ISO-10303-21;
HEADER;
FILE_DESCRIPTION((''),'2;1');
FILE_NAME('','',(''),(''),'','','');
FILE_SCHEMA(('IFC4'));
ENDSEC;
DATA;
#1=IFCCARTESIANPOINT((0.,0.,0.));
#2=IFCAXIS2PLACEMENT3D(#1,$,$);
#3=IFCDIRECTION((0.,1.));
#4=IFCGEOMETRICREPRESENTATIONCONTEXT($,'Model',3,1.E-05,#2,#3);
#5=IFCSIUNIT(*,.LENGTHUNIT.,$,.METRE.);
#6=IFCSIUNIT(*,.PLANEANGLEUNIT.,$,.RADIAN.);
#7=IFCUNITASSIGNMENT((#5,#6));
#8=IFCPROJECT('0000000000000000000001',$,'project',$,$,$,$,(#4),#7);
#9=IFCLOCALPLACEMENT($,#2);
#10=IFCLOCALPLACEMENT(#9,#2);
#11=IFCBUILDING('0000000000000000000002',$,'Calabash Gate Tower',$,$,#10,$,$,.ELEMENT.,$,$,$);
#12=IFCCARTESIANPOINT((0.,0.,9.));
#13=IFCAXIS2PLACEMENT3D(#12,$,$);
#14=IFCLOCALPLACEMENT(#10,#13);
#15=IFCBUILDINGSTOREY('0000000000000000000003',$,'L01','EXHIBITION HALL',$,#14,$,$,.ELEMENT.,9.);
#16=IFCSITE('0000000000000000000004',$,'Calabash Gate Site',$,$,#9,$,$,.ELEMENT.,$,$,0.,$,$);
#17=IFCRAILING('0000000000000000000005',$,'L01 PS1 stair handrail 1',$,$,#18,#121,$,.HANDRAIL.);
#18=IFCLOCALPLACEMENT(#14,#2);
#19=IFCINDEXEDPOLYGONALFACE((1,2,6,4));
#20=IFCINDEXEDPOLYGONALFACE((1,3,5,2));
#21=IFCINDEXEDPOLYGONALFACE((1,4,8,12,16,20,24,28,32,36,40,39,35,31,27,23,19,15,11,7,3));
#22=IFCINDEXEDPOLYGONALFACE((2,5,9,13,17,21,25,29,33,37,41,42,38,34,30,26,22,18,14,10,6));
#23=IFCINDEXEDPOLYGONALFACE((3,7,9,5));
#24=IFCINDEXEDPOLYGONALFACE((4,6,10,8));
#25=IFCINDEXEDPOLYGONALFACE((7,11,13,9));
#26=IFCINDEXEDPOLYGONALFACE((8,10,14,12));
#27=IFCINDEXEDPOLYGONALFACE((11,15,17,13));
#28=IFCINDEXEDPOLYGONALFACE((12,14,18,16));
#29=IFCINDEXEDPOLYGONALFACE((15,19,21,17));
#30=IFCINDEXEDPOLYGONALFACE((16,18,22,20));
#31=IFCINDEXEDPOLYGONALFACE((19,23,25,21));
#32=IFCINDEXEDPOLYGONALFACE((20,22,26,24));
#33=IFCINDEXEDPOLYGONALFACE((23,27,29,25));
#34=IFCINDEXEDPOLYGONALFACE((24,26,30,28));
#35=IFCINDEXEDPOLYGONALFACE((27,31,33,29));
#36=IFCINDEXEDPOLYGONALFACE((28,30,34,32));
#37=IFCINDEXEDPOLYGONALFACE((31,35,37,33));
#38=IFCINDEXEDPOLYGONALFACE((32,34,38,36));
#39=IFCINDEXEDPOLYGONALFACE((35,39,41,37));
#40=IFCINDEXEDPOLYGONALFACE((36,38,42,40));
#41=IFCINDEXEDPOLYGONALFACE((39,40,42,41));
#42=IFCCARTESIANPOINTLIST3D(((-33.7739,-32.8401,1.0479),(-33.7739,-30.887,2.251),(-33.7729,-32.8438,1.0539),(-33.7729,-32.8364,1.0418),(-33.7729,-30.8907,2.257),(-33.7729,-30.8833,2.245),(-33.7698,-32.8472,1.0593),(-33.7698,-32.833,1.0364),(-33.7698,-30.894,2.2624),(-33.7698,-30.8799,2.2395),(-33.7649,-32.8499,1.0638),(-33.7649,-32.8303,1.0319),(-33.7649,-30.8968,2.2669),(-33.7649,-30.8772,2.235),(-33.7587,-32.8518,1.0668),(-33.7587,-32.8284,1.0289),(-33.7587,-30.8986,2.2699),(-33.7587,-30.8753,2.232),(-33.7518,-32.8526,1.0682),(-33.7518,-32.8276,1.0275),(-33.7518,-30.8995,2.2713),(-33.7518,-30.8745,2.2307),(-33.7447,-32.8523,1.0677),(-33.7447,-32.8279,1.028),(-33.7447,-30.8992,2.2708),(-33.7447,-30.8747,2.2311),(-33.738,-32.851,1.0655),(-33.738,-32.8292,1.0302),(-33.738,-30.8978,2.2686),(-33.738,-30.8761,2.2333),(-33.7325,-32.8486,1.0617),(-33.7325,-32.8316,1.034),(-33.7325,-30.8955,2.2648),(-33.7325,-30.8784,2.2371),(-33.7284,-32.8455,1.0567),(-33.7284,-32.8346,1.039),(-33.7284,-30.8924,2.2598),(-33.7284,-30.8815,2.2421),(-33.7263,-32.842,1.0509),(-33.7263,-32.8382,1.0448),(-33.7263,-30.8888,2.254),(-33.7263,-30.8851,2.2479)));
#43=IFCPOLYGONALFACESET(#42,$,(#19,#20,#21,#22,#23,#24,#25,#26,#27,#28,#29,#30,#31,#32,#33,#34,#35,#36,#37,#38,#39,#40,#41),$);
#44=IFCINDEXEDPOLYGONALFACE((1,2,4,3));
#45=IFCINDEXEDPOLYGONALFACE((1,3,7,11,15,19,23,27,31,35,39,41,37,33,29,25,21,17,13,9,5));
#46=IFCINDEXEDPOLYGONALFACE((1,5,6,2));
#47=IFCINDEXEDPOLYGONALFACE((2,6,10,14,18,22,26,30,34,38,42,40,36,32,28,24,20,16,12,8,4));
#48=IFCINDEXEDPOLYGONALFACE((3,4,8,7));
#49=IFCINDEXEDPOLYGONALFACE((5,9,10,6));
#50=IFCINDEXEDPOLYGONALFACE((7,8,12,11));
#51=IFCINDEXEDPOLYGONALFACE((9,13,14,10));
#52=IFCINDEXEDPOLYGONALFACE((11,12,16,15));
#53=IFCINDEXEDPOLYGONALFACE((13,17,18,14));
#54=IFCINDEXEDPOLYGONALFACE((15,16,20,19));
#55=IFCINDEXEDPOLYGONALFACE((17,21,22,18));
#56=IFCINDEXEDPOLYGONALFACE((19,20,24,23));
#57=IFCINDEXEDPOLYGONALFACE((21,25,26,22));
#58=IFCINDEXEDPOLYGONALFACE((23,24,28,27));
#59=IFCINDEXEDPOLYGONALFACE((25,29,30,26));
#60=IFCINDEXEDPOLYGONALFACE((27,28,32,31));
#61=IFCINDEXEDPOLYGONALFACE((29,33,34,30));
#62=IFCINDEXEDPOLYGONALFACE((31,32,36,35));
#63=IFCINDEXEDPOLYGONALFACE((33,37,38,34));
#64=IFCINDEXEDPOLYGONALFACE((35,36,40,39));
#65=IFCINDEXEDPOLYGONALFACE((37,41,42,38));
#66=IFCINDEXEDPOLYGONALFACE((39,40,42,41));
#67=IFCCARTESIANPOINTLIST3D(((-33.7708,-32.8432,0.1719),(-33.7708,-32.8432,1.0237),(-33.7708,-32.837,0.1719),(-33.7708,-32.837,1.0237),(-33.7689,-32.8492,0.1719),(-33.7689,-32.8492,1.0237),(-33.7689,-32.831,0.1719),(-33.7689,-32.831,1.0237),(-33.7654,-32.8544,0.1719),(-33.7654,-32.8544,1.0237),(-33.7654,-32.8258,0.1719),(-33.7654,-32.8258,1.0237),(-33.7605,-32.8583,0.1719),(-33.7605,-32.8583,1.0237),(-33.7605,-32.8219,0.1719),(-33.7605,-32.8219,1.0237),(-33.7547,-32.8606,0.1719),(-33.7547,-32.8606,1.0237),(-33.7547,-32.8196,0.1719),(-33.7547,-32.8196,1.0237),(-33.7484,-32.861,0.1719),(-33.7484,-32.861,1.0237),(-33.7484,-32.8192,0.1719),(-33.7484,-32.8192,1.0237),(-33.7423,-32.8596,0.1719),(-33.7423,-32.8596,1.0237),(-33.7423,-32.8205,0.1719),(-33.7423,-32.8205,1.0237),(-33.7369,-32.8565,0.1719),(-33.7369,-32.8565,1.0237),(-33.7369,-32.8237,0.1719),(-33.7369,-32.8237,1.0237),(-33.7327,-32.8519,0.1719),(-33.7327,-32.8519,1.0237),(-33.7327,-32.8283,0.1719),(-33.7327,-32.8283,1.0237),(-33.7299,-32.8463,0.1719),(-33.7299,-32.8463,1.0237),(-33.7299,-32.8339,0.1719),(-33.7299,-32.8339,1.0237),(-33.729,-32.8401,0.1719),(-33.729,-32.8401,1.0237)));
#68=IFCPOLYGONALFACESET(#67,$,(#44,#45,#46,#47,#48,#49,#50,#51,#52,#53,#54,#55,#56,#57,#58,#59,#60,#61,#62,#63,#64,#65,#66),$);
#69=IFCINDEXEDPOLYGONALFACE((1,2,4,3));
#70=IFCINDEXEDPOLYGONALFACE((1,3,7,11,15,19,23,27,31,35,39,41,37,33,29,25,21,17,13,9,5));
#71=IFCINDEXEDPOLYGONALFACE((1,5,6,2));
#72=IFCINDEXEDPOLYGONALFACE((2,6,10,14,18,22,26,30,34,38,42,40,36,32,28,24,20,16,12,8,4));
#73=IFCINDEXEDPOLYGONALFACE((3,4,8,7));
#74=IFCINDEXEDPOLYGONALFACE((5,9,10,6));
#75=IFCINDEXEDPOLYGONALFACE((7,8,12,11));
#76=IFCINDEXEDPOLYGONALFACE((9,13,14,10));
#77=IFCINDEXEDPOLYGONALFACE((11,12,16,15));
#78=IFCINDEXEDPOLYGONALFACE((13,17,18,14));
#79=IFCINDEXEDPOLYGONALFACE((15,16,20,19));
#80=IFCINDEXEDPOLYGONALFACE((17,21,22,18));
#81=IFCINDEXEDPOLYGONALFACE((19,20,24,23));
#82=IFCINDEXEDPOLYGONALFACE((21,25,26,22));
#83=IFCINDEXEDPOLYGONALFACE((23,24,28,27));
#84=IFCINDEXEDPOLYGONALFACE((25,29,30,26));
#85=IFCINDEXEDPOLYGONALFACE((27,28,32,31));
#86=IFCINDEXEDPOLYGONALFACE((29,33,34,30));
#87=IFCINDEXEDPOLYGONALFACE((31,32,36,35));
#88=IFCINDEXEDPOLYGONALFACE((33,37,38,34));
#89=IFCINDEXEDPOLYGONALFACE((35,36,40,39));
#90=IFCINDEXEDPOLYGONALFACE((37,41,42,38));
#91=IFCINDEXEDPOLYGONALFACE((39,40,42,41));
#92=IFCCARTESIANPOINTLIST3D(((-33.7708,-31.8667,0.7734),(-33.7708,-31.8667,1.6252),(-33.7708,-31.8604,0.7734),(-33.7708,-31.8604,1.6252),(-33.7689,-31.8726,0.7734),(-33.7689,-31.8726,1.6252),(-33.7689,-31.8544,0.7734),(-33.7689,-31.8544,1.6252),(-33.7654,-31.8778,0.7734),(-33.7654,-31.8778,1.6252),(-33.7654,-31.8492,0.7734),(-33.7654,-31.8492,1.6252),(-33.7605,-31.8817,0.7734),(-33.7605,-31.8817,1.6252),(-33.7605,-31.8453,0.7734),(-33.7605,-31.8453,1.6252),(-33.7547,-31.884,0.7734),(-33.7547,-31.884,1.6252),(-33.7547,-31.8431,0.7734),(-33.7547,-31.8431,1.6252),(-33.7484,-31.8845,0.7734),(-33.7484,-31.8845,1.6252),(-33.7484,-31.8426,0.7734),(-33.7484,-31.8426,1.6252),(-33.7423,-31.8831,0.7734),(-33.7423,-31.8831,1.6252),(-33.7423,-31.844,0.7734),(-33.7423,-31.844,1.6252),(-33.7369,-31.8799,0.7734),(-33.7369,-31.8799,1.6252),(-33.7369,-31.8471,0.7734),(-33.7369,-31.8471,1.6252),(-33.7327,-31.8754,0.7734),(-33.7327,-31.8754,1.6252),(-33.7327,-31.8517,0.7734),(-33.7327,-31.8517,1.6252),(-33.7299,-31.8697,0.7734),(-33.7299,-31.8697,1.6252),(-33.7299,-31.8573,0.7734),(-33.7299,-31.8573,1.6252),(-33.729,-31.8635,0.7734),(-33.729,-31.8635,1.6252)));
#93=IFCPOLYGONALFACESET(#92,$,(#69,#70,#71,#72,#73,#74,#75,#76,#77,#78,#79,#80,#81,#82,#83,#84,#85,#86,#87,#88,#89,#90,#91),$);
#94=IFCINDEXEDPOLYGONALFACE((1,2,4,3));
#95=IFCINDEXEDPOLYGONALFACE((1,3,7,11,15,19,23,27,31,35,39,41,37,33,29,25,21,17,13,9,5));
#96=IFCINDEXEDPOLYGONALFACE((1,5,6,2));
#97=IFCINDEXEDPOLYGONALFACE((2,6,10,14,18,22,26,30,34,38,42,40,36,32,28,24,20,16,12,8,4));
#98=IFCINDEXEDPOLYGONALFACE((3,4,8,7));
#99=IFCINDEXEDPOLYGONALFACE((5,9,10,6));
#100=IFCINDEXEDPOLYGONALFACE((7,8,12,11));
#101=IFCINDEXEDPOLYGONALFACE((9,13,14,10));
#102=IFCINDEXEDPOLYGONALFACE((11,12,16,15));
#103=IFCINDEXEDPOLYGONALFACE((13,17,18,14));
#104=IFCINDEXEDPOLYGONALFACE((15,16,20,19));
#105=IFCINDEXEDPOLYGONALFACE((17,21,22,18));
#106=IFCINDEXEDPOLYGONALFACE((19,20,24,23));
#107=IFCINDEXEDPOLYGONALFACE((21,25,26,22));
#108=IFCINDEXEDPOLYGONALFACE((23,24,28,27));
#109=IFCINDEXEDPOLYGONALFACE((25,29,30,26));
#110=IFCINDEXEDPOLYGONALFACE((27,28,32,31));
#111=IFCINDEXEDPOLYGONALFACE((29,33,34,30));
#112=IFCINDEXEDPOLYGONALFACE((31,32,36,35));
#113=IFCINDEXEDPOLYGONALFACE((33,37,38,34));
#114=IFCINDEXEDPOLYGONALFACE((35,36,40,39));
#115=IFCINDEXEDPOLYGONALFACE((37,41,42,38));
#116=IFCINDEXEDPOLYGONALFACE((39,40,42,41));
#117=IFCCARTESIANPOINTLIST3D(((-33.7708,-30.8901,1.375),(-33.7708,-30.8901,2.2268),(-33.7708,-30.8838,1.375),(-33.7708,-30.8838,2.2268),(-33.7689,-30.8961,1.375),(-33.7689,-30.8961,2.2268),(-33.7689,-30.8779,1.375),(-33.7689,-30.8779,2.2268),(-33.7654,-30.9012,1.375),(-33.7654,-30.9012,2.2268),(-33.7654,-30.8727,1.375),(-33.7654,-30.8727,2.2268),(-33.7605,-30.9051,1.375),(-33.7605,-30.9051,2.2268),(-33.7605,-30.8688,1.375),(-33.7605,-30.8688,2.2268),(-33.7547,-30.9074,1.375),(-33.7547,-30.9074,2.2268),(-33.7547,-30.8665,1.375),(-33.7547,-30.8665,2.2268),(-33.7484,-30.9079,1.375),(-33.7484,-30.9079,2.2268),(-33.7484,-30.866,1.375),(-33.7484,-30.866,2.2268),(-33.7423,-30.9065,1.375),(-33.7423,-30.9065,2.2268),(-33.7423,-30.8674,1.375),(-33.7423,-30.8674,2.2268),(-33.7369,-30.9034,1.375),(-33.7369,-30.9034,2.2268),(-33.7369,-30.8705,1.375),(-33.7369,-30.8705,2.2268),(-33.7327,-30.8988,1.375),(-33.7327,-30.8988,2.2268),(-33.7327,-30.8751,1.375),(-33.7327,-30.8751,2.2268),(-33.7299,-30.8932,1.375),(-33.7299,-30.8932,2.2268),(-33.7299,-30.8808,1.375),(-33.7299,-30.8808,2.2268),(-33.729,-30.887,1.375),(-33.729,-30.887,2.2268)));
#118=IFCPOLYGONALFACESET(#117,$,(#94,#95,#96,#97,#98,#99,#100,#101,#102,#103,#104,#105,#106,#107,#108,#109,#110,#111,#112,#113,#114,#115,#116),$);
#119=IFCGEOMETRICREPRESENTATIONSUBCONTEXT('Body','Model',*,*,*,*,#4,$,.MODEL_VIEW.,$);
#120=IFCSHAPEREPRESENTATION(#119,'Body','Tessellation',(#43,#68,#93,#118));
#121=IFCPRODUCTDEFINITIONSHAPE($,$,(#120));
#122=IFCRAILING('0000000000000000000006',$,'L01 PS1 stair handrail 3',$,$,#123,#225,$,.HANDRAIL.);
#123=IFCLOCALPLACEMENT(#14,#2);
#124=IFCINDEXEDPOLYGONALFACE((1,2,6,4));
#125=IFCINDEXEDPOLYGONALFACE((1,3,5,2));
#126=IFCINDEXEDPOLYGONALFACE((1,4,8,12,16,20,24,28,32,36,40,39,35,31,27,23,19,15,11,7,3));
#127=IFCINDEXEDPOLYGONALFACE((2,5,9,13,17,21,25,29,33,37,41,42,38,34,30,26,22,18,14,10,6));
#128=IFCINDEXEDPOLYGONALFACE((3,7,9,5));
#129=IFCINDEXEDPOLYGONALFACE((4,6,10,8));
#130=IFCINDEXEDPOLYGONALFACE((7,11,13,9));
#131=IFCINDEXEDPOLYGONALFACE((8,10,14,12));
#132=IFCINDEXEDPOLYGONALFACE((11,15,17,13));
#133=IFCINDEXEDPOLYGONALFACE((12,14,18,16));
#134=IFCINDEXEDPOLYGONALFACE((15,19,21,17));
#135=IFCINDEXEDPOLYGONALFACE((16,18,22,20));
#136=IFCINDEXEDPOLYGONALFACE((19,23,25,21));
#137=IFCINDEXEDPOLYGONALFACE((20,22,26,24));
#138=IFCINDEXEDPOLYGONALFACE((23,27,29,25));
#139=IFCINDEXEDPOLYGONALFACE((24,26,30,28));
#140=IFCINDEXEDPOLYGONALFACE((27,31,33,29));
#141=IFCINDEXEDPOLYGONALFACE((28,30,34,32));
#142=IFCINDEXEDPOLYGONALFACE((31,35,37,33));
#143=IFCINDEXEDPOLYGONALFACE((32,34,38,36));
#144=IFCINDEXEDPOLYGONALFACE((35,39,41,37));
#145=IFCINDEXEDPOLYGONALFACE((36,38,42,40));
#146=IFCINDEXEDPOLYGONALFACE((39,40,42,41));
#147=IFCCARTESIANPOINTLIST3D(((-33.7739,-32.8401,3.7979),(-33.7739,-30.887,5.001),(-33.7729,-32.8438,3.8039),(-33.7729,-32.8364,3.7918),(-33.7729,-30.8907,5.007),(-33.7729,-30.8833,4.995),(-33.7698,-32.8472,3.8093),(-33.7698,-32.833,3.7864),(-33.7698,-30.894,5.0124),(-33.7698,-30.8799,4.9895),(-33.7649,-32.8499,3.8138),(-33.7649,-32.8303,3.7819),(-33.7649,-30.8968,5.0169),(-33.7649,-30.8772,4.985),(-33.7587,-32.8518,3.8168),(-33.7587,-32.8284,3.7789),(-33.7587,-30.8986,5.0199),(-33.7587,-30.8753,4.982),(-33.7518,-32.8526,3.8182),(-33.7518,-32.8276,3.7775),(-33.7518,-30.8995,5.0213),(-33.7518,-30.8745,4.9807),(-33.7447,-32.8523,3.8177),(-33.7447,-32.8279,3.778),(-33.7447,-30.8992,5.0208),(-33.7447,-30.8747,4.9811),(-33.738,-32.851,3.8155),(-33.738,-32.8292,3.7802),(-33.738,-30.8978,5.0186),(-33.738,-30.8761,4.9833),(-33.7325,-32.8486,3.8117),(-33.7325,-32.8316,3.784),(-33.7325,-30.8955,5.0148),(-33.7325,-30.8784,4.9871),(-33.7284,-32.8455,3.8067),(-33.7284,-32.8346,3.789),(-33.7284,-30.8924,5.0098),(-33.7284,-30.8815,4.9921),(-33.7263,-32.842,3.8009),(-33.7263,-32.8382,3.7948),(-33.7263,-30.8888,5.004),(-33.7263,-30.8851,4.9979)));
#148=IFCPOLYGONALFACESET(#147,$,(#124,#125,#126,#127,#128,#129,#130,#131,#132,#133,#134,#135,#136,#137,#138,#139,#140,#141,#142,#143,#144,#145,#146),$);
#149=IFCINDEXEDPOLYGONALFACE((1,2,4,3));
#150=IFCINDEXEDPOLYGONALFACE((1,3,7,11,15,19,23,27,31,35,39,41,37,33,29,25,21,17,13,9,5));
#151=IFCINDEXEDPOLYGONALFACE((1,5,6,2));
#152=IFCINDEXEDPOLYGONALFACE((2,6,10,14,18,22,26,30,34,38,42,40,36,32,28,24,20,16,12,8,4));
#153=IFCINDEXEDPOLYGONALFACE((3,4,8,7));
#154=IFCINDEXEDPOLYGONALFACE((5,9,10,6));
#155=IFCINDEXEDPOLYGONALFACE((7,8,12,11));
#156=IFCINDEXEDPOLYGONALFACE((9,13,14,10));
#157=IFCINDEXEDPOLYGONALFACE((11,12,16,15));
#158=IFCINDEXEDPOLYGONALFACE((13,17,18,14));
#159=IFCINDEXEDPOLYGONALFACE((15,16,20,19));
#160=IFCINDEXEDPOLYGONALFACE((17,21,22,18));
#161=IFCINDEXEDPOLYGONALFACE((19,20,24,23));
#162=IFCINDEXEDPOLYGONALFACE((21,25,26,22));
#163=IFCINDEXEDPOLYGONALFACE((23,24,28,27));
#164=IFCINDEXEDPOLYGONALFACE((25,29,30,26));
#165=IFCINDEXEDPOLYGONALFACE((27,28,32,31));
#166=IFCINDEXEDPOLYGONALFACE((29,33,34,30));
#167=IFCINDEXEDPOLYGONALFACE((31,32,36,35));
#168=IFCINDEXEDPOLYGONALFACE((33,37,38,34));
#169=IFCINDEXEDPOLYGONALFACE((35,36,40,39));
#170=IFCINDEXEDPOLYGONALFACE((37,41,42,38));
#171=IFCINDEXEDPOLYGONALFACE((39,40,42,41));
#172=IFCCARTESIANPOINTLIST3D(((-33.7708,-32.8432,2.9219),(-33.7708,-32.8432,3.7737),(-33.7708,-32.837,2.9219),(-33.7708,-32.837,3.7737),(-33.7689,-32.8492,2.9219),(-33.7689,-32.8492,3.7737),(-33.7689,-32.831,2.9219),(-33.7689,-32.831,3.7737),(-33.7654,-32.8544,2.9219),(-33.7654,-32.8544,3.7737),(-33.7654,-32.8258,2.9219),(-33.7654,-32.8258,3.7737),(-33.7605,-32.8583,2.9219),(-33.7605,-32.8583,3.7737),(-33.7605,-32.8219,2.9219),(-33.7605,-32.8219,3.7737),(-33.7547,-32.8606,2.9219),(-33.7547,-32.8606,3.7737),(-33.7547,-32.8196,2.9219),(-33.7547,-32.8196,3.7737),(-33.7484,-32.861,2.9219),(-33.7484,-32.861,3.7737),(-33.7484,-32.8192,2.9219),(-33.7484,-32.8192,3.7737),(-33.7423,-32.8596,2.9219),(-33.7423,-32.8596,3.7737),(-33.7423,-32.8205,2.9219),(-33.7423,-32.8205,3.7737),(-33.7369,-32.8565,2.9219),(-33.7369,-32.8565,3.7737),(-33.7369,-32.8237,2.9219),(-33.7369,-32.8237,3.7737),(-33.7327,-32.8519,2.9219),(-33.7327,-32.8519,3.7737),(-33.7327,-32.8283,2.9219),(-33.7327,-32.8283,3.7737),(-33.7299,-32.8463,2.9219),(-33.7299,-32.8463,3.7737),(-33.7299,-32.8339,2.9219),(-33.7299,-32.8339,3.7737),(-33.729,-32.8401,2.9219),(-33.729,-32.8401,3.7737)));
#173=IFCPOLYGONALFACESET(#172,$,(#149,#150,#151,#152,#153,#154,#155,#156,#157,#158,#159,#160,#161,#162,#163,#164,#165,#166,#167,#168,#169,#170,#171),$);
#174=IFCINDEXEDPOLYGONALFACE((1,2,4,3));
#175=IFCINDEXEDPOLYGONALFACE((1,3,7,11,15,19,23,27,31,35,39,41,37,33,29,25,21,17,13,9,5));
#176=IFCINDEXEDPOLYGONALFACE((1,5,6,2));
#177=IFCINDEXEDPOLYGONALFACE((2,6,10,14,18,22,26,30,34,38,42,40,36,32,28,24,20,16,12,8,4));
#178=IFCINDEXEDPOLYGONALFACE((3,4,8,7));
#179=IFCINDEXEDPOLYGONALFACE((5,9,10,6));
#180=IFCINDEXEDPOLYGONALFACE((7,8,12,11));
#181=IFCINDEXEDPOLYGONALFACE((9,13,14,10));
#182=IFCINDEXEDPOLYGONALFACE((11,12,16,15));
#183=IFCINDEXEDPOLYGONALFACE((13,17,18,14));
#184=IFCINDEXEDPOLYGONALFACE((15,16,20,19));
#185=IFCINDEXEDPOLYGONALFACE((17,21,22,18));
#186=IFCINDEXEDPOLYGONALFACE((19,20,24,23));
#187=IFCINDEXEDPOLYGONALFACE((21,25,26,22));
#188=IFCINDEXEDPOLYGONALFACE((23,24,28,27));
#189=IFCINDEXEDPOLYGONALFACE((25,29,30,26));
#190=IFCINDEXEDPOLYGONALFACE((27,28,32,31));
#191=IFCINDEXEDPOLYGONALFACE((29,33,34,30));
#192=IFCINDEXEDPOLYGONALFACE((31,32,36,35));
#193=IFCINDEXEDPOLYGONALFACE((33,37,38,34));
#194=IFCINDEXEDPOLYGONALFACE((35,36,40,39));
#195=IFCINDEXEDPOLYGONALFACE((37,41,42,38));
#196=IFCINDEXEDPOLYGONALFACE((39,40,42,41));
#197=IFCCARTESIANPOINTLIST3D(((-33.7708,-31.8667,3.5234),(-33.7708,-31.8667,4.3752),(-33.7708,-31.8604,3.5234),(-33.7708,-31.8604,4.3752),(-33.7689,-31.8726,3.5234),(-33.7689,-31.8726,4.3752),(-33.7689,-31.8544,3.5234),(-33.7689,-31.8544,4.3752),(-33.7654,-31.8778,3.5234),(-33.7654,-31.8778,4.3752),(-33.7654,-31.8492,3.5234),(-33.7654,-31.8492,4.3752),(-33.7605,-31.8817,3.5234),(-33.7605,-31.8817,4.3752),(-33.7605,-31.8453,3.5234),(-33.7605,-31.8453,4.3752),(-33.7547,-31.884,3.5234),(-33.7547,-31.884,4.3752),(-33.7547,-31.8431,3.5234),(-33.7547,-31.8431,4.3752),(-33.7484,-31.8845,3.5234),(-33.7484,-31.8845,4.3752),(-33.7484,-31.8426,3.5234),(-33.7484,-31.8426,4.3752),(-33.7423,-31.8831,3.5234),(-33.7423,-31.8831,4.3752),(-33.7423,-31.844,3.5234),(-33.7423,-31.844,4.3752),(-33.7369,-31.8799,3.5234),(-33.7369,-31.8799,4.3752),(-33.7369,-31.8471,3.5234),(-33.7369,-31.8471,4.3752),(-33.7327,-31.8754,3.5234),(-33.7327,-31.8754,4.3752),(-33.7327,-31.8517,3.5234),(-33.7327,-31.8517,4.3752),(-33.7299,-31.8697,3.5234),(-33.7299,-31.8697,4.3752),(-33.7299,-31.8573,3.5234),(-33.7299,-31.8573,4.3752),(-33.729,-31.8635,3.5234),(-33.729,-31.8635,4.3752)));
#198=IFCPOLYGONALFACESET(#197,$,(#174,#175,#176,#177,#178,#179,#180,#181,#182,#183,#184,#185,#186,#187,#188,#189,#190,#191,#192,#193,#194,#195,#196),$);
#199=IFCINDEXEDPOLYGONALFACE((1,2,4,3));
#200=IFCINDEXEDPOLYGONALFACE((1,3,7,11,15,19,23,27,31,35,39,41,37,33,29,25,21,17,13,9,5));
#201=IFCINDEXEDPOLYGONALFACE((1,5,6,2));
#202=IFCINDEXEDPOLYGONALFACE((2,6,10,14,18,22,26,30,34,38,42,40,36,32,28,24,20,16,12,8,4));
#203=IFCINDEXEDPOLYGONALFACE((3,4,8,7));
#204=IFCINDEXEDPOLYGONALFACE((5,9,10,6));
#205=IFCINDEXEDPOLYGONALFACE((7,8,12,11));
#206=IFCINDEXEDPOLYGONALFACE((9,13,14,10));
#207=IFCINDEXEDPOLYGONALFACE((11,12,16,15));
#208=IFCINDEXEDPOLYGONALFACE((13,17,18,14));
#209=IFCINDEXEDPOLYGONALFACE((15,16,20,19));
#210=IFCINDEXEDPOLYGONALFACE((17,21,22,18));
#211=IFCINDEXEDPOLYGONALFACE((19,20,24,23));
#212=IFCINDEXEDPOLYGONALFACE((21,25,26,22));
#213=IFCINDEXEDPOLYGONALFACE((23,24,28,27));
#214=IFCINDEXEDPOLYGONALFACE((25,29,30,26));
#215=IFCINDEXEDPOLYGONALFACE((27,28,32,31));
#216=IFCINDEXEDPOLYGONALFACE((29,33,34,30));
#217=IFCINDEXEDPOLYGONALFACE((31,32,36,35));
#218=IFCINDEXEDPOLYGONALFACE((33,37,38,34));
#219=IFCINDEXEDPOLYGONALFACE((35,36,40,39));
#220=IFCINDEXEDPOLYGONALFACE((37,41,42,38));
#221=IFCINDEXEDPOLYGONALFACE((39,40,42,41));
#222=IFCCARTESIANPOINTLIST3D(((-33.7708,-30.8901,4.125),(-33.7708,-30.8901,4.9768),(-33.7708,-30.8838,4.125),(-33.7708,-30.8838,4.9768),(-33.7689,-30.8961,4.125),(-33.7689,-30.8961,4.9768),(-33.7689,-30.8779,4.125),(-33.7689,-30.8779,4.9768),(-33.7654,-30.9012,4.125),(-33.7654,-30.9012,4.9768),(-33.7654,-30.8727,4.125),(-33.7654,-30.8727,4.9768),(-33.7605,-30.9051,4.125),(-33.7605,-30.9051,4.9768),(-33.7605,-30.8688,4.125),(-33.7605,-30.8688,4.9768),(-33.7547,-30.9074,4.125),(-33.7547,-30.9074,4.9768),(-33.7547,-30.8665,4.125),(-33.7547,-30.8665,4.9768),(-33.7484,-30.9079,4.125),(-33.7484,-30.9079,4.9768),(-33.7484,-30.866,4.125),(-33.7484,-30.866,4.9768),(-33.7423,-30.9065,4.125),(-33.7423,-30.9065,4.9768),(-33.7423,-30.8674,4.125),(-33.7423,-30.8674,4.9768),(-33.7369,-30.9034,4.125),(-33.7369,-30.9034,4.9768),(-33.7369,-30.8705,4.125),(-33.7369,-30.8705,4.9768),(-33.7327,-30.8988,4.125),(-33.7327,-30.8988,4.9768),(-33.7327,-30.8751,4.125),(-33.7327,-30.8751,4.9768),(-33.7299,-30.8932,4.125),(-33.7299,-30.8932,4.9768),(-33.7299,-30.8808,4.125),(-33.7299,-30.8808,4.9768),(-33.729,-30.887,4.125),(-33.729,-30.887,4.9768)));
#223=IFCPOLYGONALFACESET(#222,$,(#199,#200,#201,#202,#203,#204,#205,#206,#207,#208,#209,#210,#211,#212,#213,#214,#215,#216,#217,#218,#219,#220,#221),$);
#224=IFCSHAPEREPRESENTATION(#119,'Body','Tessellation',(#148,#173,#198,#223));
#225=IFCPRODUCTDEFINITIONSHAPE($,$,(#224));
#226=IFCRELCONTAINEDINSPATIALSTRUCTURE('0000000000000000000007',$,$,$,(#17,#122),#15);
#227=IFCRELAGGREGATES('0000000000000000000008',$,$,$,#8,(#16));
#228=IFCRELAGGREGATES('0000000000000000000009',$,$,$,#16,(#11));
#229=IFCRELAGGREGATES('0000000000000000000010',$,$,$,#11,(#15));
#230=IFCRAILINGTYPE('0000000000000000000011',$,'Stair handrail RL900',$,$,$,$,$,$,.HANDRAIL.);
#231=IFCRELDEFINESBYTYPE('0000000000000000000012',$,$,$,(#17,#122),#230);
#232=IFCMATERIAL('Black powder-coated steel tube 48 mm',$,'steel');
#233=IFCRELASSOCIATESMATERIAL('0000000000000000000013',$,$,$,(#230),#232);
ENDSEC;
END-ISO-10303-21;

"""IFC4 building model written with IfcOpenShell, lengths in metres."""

from ifc_helpers import new_model, si_unit, direction, frame, origin, origin_2d, place, context, subcontext, project, spatial, circle, extrude, material, type_object, element, save


model = new_model("IFC4")

# Units and contexts
model_context = context("Model", 3, precision=1e-05, world=origin(), true_north=direction((0.0, 1.0)))
body_context = subcontext(model_context, "Body", "Model", "MODEL_VIEW")
ifc_project = project(units=[si_unit("LENGTHUNIT", "METRE"), si_unit("PLANEANGLEUNIT", "RADIAN")], contexts=[model_context])

# Site, building, storey
site_placement = place(None, origin())
site = spatial("IfcSite", under=ifc_project, at=site_placement, Name="Calabash Gate Site", CompositionType="ELEMENT", RefElevation=0.0)
building_placement = place(site_placement, origin())
building = spatial("IfcBuilding", under=site, at=building_placement, Name="Calabash Gate Tower", CompositionType="ELEMENT")
storey_placement = place(building_placement, frame((0.0, 0.0, 9.0)))
storey = spatial("IfcBuildingStorey", under=building, at=storey_placement, Name="L01", Description="EXHIBITION HALL", CompositionType="ELEMENT", Elevation=9.0)

# Railings
ifc_material_1 = material(Name="Black powder-coated steel tube 48 mm", Category="steel")
railing_type_1 = type_object("IfcRailingType", Name="Stair handrail RL900", PredefinedType="HANDRAIL", material=ifc_material_1)
for number, where, name in (
    (1, (-33.75, -32.8401, 0.1719), "L01 PS1 stair handrail 1"),
    (2, (-33.75, -32.8401, 2.9219), "L01 PS1 stair handrail 3"),
):
    element("IfcRailing", number, at=place(storey_placement, frame(where)), inside=storey, type_object=railing_type_1, Name=name, PredefinedType="HANDRAIL", context=body_context, shape_type="SweptSolid", body=[
        extrude(circle(Radius=0.0239, at=origin_2d()), frame((0.0, 0.0, 0.876), z_axis=(0.0, 0.851424, 0.524477), x_axis=(-1.0, 0.0, 0.0)), (0.0, 0.0, 1.0), 2.2939),
        extrude(circle(Radius=0.021, at=origin_2d()), origin(), (0.0, 0.0, 1.0), 0.8518),
        extrude(circle(Radius=0.021, at=origin_2d()), frame((0.0, 0.9766, 0.6016)), (0.0, 0.0, 1.0), 0.8518),
        extrude(circle(Radius=0.021, at=origin_2d()), frame((0.0, 1.9531, 1.2031)), (0.0, 0.0, 1.0), 0.8518),
    ])

save(model, "model.ifc")
